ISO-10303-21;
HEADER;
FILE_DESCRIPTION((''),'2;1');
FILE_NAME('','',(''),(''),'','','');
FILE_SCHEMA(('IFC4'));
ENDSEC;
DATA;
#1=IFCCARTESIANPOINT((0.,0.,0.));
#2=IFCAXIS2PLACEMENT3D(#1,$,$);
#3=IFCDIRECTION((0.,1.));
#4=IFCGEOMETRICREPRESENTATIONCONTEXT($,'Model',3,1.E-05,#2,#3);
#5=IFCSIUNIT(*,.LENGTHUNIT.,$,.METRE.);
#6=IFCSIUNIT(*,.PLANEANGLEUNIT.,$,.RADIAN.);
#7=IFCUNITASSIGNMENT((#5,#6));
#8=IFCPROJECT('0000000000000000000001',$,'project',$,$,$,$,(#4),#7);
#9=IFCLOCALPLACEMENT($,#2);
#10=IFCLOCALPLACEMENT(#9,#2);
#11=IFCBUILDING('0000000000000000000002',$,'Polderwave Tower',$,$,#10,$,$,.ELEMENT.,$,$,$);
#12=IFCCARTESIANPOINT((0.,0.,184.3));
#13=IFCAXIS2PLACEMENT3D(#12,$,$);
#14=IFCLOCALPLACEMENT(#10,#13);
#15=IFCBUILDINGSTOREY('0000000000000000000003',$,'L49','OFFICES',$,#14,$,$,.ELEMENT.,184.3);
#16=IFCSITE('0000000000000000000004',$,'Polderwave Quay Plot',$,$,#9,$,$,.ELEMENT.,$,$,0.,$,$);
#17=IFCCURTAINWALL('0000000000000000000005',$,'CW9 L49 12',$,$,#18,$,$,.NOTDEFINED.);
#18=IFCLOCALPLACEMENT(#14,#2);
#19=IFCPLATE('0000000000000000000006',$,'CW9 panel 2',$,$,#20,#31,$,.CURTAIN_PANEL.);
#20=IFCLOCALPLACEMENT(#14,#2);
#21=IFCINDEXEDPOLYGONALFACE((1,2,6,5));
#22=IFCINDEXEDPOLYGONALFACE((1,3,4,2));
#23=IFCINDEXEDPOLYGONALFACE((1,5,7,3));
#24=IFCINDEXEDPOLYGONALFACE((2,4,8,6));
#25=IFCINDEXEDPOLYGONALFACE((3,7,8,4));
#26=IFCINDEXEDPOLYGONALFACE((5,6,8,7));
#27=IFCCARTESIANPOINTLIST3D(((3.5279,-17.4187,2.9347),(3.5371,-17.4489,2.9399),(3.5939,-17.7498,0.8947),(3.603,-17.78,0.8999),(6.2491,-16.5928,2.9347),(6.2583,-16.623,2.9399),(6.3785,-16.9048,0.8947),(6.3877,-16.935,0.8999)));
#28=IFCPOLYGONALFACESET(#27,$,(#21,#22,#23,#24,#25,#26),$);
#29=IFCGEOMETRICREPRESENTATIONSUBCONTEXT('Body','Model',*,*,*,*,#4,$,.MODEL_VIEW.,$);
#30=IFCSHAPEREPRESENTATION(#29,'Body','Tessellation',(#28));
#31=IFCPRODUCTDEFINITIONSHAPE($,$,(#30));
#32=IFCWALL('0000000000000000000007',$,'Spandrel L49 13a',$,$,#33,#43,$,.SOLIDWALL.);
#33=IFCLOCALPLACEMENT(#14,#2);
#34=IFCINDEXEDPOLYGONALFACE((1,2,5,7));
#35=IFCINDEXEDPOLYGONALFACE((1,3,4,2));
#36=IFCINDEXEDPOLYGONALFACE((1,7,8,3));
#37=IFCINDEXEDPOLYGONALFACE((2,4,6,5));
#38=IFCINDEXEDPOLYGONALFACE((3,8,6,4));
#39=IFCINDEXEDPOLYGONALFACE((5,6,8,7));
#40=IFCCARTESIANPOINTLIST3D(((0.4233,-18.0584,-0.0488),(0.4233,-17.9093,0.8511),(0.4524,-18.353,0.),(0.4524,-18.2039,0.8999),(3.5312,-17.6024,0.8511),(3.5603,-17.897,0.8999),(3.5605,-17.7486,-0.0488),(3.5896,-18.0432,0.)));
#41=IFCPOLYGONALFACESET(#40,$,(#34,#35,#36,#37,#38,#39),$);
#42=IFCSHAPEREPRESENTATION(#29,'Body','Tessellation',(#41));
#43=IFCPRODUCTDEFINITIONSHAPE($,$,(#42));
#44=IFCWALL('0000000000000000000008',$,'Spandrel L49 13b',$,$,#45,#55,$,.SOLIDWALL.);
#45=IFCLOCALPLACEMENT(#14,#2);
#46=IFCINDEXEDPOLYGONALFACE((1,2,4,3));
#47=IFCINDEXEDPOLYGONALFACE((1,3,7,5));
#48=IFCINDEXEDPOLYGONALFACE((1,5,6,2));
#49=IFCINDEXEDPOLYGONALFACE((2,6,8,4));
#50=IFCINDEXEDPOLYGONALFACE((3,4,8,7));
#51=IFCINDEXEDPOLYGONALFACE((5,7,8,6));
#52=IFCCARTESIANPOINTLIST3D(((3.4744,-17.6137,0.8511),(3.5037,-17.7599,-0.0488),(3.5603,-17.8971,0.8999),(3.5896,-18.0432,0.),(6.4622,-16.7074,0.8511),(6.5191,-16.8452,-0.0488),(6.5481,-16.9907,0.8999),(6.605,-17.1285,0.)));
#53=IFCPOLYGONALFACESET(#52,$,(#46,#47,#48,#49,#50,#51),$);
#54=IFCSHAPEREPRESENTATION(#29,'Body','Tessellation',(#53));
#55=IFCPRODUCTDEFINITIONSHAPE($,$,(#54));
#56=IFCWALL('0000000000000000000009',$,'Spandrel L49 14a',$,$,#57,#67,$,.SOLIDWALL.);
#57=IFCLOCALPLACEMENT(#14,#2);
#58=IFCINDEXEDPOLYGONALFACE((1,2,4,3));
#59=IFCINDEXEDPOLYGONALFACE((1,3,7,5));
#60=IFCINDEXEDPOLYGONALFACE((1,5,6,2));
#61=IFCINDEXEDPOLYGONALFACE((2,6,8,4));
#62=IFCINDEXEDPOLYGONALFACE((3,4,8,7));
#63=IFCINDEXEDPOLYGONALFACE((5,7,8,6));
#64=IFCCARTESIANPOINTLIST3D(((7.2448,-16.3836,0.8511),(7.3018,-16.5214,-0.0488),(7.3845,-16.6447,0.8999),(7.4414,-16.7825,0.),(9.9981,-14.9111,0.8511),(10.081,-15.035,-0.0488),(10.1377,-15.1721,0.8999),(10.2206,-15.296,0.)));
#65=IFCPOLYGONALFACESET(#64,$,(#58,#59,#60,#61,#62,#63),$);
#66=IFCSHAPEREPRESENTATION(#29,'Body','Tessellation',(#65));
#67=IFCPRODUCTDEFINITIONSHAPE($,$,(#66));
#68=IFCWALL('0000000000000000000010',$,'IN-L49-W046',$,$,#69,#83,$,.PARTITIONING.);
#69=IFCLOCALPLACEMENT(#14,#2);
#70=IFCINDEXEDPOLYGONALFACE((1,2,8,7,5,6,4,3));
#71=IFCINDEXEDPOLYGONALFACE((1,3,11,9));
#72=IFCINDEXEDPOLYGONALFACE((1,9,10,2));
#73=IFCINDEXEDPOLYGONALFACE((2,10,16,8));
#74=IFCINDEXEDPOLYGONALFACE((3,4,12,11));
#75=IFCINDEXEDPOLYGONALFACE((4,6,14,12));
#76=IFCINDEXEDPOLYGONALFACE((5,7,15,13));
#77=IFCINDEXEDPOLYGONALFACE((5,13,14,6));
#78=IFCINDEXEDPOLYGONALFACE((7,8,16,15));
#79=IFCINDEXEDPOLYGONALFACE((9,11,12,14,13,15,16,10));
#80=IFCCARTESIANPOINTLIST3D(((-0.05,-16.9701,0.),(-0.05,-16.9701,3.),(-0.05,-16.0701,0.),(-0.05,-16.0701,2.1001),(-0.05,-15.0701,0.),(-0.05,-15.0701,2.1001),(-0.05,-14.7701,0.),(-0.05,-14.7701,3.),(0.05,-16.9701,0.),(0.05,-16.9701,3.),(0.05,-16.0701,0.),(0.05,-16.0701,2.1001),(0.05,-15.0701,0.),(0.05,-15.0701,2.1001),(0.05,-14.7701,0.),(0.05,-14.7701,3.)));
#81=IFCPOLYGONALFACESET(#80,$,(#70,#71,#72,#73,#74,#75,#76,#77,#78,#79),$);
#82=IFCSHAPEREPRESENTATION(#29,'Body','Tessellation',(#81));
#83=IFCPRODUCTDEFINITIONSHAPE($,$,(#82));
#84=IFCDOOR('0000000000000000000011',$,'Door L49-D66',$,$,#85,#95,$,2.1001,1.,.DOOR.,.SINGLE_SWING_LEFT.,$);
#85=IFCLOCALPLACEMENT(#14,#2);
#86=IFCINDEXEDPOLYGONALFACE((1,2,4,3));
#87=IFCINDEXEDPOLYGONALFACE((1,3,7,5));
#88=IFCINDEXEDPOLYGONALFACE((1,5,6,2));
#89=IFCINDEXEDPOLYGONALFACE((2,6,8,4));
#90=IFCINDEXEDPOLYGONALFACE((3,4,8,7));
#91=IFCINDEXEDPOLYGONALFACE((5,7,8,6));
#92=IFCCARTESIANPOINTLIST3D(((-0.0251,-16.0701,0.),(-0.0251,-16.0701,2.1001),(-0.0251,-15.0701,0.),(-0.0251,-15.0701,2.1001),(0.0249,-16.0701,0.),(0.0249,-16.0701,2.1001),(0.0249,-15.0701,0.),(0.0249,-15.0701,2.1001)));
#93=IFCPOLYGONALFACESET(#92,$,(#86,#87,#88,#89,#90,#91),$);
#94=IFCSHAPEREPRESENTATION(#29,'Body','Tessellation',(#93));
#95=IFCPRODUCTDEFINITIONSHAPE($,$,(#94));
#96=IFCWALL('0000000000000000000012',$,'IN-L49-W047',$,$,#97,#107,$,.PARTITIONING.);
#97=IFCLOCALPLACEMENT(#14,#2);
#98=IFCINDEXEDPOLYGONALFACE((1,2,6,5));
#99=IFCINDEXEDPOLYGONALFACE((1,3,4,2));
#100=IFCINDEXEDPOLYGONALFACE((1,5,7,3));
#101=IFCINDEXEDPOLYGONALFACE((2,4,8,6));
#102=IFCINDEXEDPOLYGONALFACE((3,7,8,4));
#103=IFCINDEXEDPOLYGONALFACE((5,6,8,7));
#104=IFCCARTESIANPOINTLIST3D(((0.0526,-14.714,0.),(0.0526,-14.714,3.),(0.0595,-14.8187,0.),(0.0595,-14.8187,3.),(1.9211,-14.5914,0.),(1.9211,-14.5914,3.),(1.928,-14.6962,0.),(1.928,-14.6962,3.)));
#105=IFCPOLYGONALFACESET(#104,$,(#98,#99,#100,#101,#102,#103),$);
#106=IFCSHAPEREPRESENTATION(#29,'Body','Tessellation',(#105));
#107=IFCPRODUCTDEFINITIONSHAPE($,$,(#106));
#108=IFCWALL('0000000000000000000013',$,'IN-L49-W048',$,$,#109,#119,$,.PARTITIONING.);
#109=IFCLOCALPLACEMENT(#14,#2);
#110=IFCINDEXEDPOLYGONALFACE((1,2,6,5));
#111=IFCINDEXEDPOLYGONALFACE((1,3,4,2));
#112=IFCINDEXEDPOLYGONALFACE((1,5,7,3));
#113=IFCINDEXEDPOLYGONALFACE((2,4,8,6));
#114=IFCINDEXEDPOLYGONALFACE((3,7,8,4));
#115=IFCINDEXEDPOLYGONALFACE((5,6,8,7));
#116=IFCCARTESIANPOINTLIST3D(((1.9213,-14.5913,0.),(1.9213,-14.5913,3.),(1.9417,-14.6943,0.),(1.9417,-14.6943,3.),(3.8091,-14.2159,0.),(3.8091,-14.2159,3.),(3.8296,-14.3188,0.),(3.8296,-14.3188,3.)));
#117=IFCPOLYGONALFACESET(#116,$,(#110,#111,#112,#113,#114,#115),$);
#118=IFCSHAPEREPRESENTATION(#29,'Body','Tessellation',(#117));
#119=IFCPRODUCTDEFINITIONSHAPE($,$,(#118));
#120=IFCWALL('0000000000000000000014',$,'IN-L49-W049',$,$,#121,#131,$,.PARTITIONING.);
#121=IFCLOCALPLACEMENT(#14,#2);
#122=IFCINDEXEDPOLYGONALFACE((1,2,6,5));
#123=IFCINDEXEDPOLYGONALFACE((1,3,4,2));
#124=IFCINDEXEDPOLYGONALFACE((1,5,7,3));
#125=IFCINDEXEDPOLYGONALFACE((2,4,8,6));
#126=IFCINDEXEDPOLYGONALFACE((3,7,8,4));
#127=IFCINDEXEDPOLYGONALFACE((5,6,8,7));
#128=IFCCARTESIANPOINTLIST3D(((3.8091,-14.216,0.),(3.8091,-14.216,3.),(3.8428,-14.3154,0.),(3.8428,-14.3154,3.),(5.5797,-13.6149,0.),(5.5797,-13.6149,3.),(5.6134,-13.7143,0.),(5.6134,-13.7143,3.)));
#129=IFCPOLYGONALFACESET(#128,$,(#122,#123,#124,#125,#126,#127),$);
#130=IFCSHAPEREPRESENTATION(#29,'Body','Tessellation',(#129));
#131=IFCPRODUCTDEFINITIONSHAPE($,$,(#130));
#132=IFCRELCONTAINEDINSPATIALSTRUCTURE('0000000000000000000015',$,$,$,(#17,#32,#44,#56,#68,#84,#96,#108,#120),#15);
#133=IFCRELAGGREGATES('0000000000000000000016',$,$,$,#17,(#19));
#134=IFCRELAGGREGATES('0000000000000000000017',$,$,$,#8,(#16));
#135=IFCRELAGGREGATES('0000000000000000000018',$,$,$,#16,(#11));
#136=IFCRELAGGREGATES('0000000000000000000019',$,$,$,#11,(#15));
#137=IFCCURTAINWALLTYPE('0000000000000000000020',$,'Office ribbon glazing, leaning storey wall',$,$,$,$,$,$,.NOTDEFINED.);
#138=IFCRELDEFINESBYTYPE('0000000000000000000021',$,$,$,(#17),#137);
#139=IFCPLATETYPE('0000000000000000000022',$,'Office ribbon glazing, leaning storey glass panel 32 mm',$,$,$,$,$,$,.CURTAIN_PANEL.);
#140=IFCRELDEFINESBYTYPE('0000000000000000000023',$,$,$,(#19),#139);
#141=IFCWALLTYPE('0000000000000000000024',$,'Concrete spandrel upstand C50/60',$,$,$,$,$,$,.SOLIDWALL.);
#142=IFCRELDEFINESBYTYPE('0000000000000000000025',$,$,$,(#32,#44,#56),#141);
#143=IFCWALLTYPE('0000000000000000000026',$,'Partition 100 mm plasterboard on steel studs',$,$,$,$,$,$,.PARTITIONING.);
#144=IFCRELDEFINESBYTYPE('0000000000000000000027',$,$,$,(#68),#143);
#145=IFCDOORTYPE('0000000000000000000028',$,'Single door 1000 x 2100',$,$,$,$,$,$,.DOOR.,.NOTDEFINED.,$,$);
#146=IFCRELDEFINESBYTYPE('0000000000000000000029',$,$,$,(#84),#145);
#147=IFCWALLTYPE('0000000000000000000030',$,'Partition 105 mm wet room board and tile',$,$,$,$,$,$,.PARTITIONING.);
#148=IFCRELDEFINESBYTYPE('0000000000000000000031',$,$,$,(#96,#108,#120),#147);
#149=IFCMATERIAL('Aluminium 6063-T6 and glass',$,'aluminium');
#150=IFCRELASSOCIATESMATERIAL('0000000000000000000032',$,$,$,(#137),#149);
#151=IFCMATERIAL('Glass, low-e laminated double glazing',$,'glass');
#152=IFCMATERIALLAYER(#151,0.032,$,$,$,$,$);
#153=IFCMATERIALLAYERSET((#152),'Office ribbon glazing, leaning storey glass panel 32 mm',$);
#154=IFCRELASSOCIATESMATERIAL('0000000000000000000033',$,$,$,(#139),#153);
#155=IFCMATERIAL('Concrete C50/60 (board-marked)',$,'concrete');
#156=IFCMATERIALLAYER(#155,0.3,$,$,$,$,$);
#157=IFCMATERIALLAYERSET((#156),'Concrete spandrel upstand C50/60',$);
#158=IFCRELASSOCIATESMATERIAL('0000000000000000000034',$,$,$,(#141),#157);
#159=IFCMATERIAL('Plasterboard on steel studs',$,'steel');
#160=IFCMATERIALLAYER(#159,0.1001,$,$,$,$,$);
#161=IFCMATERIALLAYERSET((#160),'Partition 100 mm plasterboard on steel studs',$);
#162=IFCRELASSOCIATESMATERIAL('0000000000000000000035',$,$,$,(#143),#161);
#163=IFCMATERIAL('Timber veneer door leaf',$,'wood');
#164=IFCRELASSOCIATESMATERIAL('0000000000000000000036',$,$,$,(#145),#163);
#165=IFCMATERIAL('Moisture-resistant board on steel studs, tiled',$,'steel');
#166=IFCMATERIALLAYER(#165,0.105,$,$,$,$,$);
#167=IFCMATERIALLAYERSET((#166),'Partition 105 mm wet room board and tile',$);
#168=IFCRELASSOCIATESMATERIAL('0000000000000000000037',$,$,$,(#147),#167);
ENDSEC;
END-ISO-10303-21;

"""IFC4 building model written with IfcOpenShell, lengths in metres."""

from ifc_helpers import new_model, si_unit, direction, frame, frame_2d, origin, place, context, subcontext, project, spatial, polyline, rectangle, outline, extrude, material, layer, layer_set, type_object, element, fill, aggregate, save


model = new_model("IFC4")

# Units and contexts
model_context = context("Model", 3, precision=1e-05, world=origin(), true_north=direction((0.0, 1.0)))
body_context = subcontext(model_context, "Body", "Model", "MODEL_VIEW")
ifc_project = project(units=[si_unit("LENGTHUNIT", "METRE"), si_unit("PLANEANGLEUNIT", "RADIAN")], contexts=[model_context])

# Site, building, storey
site_placement = place(None, origin())
site = spatial("IfcSite", under=ifc_project, at=site_placement, Name="Polderwave Quay Plot", CompositionType="ELEMENT", RefElevation=0.0)
building_placement = place(site_placement, origin())
building = spatial("IfcBuilding", under=site, at=building_placement, Name="Polderwave Tower", CompositionType="ELEMENT")
storey_placement = place(building_placement, frame((0.0, 0.0, 184.3)))
storey = spatial("IfcBuildingStorey", under=building, at=storey_placement, Name="L49", Description="OFFICES", CompositionType="ELEMENT", Elevation=184.3)

# Curtain wall
ifc_material_1 = material(Name="Aluminium 6063-T6 and glass", Category="aluminium")
curtain_wall_type = type_object("IfcCurtainWallType", Name="Office ribbon glazing, leaning storey wall", PredefinedType="NOTDEFINED", material=ifc_material_1)
curtain_wall_1_placement = place(storey_placement, origin())
curtain_wall_1 = element("IfcCurtainWall", 1, at=curtain_wall_1_placement, inside=storey, type_object=curtain_wall_type, Name="CW9 L49 12", PredefinedType="NOTDEFINED")

# Plate
ifc_material_2 = material(Name="Glass, low-e laminated double glazing", Category="glass")
ifc_layer_1 = layer(ifc_material_2, 0.032)
ifc_layer_set_1 = layer_set([ifc_layer_1], Name="Office ribbon glazing, leaning storey glass panel 32 mm")
plate_type = type_object("IfcPlateType", Name="Office ribbon glazing, leaning storey glass panel 32 mm", PredefinedType="CURTAIN_PANEL", material=ifc_layer_set_1)
plate_1_placement = place(storey_placement, frame((3.603, -17.78, 0.8999), z_axis=(0.286537, -0.944182, 0.16253), x_axis=(0.956906, 0.290397, -0.000006)))
plate_1 = element("IfcPlate", 2, at=plate_1_placement, type_object=plate_type, Name="CW9 panel 2", PredefinedType="CURTAIN_PANEL", context=body_context, shape_type="SweptSolid", body=[
    extrude(outline(polyline([(0.0, 0.0), (2.91, 0.0), (2.8768, 2.0675), (0.033, 2.0675), (0.0, 0.0)])), origin(), (0.0, 0.0, -1.0), 0.032),
])
aggregate(curtain_wall_1, [plate_1])

# Walls
ifc_material_3 = material(Name="Concrete C50/60 (board-marked)", Category="concrete")
ifc_layer_2 = layer(ifc_material_3, 0.3)
ifc_layer_set_2 = layer_set([ifc_layer_2], Name="Concrete spandrel upstand C50/60")
wall_type_1 = type_object("IfcWallType", Name="Concrete spandrel upstand C50/60", PredefinedType="SOLIDWALL", material=ifc_layer_set_2)
wall_1_placement = place(storey_placement, frame((0.4524, -18.353, 0.0), z_axis=(0.096961, -0.981893, 0.162741), x_axis=(0.99516, 0.098271, 0.000001)))
element("IfcWall", 3, at=wall_1_placement, inside=storey, type_object=wall_type_1, Name="Spandrel L49 13a", PredefinedType="SOLIDWALL", context=body_context, shape_type="SweptSolid", body=[
    extrude(outline(polyline([(0.0, 0.0), (3.1525, 0.0), (3.1377, 0.9121), (0.0147, 0.9121), (0.0, 0.0)])), origin(), (0.0, 0.0, -1.0), 0.3),
])
wall_2_placement = place(storey_placement, frame((3.5896, -18.0432, 0.0), z_axis=(0.286419, -0.944194, 0.16267), x_axis=(0.95694, 0.290286, 0.000004)))
element("IfcWall", 4, at=wall_2_placement, inside=storey, type_object=wall_type_1, Name="Spandrel L49 13b", PredefinedType="SOLIDWALL", context=body_context, shape_type="SweptSolid", body=[
    extrude(outline(polyline([(0.0, 0.0), (3.1511, 0.0), (3.1366, 0.912), (0.0144, 0.9121), (0.0, 0.0)])), origin(), (0.0, 0.0, -1.0), 0.3),
])
wall_3_placement = place(storey_placement, frame((7.4414, -16.7825, 0.0), z_axis=(0.465339, -0.870053, 0.162688), x_axis=(0.881801, 0.471621, -0.000007)))
element("IfcWall", 5, at=wall_3_placement, inside=storey, type_object=wall_type_1, Name="Spandrel L49 14a", PredefinedType="SOLIDWALL", context=body_context, shape_type="SweptSolid", body=[
    extrude(outline(polyline([(0.0, 0.0), (3.1518, 0.0), (3.1371, 0.9121), (0.0148, 0.912), (0.0, 0.0)])), origin(), (0.0, 0.0, -1.0), 0.3),
])

# Wall, opening, door
ifc_material_4 = material(Name="Plasterboard on steel studs", Category="steel")
ifc_layer_3 = layer(ifc_material_4, 0.1001)
ifc_layer_set_3 = layer_set([ifc_layer_3], Name="Partition 100 mm plasterboard on steel studs")
wall_type_2 = type_object("IfcWallType", Name="Partition 100 mm plasterboard on steel studs", PredefinedType="PARTITIONING", material=ifc_layer_set_3)
wall_4_placement = place(storey_placement, frame((0.0, -14.77, 0.0), z_axis=(0.0, 0.0, 1.0), x_axis=(0.0, -1.0, 0.0)))
wall_4 = element("IfcWall", 6, at=wall_4_placement, inside=storey, type_object=wall_type_2, Name="IN-L49-W046", PredefinedType="PARTITIONING", context=body_context, shape_type="SweptSolid", body=[
    extrude(rectangle(XDim=2.2, YDim=0.1001, at=frame_2d((1.1001, 0.0))), origin(), (0.0, 0.0, 1.0), 3.0),
])
opening_placement = place(wall_4_placement, frame((0.3, 0.0, 0.0)))
opening = element("IfcOpeningElement", 7, at=opening_placement, cuts=wall_4, PredefinedType="OPENING", context=body_context, shape_type="SweptSolid", body=[
    extrude(rectangle(XDim=1.0, YDim=2.1001, at=frame_2d((0.5, 1.05))), frame((0.0, 0.0601, 0.0), z_axis=(0.0, -1.0, 0.0), x_axis=(1.0, 0.0, 0.0)), (0.0, 0.0, 1.0), 0.1201),
])
ifc_material_5 = material(Name="Timber veneer door leaf", Category="wood")
door_type = type_object("IfcDoorType", Name="Single door 1000 x 2100", OperationType="NOTDEFINED", PredefinedType="DOOR", material=ifc_material_5)
door_placement = place(opening_placement, origin())
door = element("IfcDoor", 8, at=door_placement, inside=storey, type_object=door_type, Name="Door L49-D66", OperationType="SINGLE_SWING_LEFT", OverallHeight=2.1001, OverallWidth=1.0, PredefinedType="DOOR", context=body_context, shape_type="SweptSolid", body=[
    extrude(rectangle(XDim=1.0, YDim=2.1001, at=frame_2d((0.5, 1.05))), frame((0.0, 0.0249, 0.0), z_axis=(0.0, -1.0, 0.0), x_axis=(1.0, 0.0, 0.0)), (0.0, 0.0, 1.0), 0.05),
])
fill(opening, door)

# Walls
ifc_material_6 = material(Name="Moisture-resistant board on steel studs, tiled", Category="steel")
ifc_layer_4 = layer(ifc_material_6, 0.105)
ifc_layer_set_4 = layer_set([ifc_layer_4], Name="Partition 105 mm wet room board and tile")
wall_type_3 = type_object("IfcWallType", Name="Partition 105 mm wet room board and tile", PredefinedType="PARTITIONING", material=ifc_layer_set_4)
wall_5_placement = place(storey_placement, frame((1.9246, -14.6438, 0.0), z_axis=(0.0, 0.0, 1.0), x_axis=(-0.997856, -0.065446, 0.0)))
element("IfcWall", 9, at=wall_5_placement, inside=storey, type_object=wall_type_3, Name="IN-L49-W047", PredefinedType="PARTITIONING", context=body_context, shape_type="SweptSolid", body=[
    extrude(rectangle(XDim=1.8726, YDim=0.105, at=frame_2d((0.9363, 0.0))), origin(), (0.0, 0.0, 1.0), 3.0),
])
wall_6_placement = place(storey_placement, frame((3.8193, -14.2673, 0.0), z_axis=(0.0, 0.0, 1.0), x_axis=(-0.98079, -0.195067, 0.0)))
element("IfcWall", 10, at=wall_6_placement, inside=storey, type_object=wall_type_3, Name="IN-L49-W048", PredefinedType="PARTITIONING", context=body_context, shape_type="SweptSolid", body=[
    extrude(rectangle(XDim=1.9248, YDim=0.105, at=frame_2d((0.9624, 0.0))), origin(), (0.0, 0.0, 1.0), 3.0),
])
wall_7_placement = place(storey_placement, frame((5.5967, -13.6646, 0.0), z_axis=(0.0, 0.0, 1.0), x_axis=(-0.946919, -0.321472, 0.0)))
element("IfcWall", 11, at=wall_7_placement, inside=storey, type_object=wall_type_3, Name="IN-L49-W049", PredefinedType="PARTITIONING", context=body_context, shape_type="SweptSolid", body=[
    extrude(rectangle(XDim=1.8699, YDim=0.105, at=frame_2d((0.9351, 0.0))), origin(), (0.0, 0.0, 1.0), 3.0),
])

save(model, "model.ifc")
